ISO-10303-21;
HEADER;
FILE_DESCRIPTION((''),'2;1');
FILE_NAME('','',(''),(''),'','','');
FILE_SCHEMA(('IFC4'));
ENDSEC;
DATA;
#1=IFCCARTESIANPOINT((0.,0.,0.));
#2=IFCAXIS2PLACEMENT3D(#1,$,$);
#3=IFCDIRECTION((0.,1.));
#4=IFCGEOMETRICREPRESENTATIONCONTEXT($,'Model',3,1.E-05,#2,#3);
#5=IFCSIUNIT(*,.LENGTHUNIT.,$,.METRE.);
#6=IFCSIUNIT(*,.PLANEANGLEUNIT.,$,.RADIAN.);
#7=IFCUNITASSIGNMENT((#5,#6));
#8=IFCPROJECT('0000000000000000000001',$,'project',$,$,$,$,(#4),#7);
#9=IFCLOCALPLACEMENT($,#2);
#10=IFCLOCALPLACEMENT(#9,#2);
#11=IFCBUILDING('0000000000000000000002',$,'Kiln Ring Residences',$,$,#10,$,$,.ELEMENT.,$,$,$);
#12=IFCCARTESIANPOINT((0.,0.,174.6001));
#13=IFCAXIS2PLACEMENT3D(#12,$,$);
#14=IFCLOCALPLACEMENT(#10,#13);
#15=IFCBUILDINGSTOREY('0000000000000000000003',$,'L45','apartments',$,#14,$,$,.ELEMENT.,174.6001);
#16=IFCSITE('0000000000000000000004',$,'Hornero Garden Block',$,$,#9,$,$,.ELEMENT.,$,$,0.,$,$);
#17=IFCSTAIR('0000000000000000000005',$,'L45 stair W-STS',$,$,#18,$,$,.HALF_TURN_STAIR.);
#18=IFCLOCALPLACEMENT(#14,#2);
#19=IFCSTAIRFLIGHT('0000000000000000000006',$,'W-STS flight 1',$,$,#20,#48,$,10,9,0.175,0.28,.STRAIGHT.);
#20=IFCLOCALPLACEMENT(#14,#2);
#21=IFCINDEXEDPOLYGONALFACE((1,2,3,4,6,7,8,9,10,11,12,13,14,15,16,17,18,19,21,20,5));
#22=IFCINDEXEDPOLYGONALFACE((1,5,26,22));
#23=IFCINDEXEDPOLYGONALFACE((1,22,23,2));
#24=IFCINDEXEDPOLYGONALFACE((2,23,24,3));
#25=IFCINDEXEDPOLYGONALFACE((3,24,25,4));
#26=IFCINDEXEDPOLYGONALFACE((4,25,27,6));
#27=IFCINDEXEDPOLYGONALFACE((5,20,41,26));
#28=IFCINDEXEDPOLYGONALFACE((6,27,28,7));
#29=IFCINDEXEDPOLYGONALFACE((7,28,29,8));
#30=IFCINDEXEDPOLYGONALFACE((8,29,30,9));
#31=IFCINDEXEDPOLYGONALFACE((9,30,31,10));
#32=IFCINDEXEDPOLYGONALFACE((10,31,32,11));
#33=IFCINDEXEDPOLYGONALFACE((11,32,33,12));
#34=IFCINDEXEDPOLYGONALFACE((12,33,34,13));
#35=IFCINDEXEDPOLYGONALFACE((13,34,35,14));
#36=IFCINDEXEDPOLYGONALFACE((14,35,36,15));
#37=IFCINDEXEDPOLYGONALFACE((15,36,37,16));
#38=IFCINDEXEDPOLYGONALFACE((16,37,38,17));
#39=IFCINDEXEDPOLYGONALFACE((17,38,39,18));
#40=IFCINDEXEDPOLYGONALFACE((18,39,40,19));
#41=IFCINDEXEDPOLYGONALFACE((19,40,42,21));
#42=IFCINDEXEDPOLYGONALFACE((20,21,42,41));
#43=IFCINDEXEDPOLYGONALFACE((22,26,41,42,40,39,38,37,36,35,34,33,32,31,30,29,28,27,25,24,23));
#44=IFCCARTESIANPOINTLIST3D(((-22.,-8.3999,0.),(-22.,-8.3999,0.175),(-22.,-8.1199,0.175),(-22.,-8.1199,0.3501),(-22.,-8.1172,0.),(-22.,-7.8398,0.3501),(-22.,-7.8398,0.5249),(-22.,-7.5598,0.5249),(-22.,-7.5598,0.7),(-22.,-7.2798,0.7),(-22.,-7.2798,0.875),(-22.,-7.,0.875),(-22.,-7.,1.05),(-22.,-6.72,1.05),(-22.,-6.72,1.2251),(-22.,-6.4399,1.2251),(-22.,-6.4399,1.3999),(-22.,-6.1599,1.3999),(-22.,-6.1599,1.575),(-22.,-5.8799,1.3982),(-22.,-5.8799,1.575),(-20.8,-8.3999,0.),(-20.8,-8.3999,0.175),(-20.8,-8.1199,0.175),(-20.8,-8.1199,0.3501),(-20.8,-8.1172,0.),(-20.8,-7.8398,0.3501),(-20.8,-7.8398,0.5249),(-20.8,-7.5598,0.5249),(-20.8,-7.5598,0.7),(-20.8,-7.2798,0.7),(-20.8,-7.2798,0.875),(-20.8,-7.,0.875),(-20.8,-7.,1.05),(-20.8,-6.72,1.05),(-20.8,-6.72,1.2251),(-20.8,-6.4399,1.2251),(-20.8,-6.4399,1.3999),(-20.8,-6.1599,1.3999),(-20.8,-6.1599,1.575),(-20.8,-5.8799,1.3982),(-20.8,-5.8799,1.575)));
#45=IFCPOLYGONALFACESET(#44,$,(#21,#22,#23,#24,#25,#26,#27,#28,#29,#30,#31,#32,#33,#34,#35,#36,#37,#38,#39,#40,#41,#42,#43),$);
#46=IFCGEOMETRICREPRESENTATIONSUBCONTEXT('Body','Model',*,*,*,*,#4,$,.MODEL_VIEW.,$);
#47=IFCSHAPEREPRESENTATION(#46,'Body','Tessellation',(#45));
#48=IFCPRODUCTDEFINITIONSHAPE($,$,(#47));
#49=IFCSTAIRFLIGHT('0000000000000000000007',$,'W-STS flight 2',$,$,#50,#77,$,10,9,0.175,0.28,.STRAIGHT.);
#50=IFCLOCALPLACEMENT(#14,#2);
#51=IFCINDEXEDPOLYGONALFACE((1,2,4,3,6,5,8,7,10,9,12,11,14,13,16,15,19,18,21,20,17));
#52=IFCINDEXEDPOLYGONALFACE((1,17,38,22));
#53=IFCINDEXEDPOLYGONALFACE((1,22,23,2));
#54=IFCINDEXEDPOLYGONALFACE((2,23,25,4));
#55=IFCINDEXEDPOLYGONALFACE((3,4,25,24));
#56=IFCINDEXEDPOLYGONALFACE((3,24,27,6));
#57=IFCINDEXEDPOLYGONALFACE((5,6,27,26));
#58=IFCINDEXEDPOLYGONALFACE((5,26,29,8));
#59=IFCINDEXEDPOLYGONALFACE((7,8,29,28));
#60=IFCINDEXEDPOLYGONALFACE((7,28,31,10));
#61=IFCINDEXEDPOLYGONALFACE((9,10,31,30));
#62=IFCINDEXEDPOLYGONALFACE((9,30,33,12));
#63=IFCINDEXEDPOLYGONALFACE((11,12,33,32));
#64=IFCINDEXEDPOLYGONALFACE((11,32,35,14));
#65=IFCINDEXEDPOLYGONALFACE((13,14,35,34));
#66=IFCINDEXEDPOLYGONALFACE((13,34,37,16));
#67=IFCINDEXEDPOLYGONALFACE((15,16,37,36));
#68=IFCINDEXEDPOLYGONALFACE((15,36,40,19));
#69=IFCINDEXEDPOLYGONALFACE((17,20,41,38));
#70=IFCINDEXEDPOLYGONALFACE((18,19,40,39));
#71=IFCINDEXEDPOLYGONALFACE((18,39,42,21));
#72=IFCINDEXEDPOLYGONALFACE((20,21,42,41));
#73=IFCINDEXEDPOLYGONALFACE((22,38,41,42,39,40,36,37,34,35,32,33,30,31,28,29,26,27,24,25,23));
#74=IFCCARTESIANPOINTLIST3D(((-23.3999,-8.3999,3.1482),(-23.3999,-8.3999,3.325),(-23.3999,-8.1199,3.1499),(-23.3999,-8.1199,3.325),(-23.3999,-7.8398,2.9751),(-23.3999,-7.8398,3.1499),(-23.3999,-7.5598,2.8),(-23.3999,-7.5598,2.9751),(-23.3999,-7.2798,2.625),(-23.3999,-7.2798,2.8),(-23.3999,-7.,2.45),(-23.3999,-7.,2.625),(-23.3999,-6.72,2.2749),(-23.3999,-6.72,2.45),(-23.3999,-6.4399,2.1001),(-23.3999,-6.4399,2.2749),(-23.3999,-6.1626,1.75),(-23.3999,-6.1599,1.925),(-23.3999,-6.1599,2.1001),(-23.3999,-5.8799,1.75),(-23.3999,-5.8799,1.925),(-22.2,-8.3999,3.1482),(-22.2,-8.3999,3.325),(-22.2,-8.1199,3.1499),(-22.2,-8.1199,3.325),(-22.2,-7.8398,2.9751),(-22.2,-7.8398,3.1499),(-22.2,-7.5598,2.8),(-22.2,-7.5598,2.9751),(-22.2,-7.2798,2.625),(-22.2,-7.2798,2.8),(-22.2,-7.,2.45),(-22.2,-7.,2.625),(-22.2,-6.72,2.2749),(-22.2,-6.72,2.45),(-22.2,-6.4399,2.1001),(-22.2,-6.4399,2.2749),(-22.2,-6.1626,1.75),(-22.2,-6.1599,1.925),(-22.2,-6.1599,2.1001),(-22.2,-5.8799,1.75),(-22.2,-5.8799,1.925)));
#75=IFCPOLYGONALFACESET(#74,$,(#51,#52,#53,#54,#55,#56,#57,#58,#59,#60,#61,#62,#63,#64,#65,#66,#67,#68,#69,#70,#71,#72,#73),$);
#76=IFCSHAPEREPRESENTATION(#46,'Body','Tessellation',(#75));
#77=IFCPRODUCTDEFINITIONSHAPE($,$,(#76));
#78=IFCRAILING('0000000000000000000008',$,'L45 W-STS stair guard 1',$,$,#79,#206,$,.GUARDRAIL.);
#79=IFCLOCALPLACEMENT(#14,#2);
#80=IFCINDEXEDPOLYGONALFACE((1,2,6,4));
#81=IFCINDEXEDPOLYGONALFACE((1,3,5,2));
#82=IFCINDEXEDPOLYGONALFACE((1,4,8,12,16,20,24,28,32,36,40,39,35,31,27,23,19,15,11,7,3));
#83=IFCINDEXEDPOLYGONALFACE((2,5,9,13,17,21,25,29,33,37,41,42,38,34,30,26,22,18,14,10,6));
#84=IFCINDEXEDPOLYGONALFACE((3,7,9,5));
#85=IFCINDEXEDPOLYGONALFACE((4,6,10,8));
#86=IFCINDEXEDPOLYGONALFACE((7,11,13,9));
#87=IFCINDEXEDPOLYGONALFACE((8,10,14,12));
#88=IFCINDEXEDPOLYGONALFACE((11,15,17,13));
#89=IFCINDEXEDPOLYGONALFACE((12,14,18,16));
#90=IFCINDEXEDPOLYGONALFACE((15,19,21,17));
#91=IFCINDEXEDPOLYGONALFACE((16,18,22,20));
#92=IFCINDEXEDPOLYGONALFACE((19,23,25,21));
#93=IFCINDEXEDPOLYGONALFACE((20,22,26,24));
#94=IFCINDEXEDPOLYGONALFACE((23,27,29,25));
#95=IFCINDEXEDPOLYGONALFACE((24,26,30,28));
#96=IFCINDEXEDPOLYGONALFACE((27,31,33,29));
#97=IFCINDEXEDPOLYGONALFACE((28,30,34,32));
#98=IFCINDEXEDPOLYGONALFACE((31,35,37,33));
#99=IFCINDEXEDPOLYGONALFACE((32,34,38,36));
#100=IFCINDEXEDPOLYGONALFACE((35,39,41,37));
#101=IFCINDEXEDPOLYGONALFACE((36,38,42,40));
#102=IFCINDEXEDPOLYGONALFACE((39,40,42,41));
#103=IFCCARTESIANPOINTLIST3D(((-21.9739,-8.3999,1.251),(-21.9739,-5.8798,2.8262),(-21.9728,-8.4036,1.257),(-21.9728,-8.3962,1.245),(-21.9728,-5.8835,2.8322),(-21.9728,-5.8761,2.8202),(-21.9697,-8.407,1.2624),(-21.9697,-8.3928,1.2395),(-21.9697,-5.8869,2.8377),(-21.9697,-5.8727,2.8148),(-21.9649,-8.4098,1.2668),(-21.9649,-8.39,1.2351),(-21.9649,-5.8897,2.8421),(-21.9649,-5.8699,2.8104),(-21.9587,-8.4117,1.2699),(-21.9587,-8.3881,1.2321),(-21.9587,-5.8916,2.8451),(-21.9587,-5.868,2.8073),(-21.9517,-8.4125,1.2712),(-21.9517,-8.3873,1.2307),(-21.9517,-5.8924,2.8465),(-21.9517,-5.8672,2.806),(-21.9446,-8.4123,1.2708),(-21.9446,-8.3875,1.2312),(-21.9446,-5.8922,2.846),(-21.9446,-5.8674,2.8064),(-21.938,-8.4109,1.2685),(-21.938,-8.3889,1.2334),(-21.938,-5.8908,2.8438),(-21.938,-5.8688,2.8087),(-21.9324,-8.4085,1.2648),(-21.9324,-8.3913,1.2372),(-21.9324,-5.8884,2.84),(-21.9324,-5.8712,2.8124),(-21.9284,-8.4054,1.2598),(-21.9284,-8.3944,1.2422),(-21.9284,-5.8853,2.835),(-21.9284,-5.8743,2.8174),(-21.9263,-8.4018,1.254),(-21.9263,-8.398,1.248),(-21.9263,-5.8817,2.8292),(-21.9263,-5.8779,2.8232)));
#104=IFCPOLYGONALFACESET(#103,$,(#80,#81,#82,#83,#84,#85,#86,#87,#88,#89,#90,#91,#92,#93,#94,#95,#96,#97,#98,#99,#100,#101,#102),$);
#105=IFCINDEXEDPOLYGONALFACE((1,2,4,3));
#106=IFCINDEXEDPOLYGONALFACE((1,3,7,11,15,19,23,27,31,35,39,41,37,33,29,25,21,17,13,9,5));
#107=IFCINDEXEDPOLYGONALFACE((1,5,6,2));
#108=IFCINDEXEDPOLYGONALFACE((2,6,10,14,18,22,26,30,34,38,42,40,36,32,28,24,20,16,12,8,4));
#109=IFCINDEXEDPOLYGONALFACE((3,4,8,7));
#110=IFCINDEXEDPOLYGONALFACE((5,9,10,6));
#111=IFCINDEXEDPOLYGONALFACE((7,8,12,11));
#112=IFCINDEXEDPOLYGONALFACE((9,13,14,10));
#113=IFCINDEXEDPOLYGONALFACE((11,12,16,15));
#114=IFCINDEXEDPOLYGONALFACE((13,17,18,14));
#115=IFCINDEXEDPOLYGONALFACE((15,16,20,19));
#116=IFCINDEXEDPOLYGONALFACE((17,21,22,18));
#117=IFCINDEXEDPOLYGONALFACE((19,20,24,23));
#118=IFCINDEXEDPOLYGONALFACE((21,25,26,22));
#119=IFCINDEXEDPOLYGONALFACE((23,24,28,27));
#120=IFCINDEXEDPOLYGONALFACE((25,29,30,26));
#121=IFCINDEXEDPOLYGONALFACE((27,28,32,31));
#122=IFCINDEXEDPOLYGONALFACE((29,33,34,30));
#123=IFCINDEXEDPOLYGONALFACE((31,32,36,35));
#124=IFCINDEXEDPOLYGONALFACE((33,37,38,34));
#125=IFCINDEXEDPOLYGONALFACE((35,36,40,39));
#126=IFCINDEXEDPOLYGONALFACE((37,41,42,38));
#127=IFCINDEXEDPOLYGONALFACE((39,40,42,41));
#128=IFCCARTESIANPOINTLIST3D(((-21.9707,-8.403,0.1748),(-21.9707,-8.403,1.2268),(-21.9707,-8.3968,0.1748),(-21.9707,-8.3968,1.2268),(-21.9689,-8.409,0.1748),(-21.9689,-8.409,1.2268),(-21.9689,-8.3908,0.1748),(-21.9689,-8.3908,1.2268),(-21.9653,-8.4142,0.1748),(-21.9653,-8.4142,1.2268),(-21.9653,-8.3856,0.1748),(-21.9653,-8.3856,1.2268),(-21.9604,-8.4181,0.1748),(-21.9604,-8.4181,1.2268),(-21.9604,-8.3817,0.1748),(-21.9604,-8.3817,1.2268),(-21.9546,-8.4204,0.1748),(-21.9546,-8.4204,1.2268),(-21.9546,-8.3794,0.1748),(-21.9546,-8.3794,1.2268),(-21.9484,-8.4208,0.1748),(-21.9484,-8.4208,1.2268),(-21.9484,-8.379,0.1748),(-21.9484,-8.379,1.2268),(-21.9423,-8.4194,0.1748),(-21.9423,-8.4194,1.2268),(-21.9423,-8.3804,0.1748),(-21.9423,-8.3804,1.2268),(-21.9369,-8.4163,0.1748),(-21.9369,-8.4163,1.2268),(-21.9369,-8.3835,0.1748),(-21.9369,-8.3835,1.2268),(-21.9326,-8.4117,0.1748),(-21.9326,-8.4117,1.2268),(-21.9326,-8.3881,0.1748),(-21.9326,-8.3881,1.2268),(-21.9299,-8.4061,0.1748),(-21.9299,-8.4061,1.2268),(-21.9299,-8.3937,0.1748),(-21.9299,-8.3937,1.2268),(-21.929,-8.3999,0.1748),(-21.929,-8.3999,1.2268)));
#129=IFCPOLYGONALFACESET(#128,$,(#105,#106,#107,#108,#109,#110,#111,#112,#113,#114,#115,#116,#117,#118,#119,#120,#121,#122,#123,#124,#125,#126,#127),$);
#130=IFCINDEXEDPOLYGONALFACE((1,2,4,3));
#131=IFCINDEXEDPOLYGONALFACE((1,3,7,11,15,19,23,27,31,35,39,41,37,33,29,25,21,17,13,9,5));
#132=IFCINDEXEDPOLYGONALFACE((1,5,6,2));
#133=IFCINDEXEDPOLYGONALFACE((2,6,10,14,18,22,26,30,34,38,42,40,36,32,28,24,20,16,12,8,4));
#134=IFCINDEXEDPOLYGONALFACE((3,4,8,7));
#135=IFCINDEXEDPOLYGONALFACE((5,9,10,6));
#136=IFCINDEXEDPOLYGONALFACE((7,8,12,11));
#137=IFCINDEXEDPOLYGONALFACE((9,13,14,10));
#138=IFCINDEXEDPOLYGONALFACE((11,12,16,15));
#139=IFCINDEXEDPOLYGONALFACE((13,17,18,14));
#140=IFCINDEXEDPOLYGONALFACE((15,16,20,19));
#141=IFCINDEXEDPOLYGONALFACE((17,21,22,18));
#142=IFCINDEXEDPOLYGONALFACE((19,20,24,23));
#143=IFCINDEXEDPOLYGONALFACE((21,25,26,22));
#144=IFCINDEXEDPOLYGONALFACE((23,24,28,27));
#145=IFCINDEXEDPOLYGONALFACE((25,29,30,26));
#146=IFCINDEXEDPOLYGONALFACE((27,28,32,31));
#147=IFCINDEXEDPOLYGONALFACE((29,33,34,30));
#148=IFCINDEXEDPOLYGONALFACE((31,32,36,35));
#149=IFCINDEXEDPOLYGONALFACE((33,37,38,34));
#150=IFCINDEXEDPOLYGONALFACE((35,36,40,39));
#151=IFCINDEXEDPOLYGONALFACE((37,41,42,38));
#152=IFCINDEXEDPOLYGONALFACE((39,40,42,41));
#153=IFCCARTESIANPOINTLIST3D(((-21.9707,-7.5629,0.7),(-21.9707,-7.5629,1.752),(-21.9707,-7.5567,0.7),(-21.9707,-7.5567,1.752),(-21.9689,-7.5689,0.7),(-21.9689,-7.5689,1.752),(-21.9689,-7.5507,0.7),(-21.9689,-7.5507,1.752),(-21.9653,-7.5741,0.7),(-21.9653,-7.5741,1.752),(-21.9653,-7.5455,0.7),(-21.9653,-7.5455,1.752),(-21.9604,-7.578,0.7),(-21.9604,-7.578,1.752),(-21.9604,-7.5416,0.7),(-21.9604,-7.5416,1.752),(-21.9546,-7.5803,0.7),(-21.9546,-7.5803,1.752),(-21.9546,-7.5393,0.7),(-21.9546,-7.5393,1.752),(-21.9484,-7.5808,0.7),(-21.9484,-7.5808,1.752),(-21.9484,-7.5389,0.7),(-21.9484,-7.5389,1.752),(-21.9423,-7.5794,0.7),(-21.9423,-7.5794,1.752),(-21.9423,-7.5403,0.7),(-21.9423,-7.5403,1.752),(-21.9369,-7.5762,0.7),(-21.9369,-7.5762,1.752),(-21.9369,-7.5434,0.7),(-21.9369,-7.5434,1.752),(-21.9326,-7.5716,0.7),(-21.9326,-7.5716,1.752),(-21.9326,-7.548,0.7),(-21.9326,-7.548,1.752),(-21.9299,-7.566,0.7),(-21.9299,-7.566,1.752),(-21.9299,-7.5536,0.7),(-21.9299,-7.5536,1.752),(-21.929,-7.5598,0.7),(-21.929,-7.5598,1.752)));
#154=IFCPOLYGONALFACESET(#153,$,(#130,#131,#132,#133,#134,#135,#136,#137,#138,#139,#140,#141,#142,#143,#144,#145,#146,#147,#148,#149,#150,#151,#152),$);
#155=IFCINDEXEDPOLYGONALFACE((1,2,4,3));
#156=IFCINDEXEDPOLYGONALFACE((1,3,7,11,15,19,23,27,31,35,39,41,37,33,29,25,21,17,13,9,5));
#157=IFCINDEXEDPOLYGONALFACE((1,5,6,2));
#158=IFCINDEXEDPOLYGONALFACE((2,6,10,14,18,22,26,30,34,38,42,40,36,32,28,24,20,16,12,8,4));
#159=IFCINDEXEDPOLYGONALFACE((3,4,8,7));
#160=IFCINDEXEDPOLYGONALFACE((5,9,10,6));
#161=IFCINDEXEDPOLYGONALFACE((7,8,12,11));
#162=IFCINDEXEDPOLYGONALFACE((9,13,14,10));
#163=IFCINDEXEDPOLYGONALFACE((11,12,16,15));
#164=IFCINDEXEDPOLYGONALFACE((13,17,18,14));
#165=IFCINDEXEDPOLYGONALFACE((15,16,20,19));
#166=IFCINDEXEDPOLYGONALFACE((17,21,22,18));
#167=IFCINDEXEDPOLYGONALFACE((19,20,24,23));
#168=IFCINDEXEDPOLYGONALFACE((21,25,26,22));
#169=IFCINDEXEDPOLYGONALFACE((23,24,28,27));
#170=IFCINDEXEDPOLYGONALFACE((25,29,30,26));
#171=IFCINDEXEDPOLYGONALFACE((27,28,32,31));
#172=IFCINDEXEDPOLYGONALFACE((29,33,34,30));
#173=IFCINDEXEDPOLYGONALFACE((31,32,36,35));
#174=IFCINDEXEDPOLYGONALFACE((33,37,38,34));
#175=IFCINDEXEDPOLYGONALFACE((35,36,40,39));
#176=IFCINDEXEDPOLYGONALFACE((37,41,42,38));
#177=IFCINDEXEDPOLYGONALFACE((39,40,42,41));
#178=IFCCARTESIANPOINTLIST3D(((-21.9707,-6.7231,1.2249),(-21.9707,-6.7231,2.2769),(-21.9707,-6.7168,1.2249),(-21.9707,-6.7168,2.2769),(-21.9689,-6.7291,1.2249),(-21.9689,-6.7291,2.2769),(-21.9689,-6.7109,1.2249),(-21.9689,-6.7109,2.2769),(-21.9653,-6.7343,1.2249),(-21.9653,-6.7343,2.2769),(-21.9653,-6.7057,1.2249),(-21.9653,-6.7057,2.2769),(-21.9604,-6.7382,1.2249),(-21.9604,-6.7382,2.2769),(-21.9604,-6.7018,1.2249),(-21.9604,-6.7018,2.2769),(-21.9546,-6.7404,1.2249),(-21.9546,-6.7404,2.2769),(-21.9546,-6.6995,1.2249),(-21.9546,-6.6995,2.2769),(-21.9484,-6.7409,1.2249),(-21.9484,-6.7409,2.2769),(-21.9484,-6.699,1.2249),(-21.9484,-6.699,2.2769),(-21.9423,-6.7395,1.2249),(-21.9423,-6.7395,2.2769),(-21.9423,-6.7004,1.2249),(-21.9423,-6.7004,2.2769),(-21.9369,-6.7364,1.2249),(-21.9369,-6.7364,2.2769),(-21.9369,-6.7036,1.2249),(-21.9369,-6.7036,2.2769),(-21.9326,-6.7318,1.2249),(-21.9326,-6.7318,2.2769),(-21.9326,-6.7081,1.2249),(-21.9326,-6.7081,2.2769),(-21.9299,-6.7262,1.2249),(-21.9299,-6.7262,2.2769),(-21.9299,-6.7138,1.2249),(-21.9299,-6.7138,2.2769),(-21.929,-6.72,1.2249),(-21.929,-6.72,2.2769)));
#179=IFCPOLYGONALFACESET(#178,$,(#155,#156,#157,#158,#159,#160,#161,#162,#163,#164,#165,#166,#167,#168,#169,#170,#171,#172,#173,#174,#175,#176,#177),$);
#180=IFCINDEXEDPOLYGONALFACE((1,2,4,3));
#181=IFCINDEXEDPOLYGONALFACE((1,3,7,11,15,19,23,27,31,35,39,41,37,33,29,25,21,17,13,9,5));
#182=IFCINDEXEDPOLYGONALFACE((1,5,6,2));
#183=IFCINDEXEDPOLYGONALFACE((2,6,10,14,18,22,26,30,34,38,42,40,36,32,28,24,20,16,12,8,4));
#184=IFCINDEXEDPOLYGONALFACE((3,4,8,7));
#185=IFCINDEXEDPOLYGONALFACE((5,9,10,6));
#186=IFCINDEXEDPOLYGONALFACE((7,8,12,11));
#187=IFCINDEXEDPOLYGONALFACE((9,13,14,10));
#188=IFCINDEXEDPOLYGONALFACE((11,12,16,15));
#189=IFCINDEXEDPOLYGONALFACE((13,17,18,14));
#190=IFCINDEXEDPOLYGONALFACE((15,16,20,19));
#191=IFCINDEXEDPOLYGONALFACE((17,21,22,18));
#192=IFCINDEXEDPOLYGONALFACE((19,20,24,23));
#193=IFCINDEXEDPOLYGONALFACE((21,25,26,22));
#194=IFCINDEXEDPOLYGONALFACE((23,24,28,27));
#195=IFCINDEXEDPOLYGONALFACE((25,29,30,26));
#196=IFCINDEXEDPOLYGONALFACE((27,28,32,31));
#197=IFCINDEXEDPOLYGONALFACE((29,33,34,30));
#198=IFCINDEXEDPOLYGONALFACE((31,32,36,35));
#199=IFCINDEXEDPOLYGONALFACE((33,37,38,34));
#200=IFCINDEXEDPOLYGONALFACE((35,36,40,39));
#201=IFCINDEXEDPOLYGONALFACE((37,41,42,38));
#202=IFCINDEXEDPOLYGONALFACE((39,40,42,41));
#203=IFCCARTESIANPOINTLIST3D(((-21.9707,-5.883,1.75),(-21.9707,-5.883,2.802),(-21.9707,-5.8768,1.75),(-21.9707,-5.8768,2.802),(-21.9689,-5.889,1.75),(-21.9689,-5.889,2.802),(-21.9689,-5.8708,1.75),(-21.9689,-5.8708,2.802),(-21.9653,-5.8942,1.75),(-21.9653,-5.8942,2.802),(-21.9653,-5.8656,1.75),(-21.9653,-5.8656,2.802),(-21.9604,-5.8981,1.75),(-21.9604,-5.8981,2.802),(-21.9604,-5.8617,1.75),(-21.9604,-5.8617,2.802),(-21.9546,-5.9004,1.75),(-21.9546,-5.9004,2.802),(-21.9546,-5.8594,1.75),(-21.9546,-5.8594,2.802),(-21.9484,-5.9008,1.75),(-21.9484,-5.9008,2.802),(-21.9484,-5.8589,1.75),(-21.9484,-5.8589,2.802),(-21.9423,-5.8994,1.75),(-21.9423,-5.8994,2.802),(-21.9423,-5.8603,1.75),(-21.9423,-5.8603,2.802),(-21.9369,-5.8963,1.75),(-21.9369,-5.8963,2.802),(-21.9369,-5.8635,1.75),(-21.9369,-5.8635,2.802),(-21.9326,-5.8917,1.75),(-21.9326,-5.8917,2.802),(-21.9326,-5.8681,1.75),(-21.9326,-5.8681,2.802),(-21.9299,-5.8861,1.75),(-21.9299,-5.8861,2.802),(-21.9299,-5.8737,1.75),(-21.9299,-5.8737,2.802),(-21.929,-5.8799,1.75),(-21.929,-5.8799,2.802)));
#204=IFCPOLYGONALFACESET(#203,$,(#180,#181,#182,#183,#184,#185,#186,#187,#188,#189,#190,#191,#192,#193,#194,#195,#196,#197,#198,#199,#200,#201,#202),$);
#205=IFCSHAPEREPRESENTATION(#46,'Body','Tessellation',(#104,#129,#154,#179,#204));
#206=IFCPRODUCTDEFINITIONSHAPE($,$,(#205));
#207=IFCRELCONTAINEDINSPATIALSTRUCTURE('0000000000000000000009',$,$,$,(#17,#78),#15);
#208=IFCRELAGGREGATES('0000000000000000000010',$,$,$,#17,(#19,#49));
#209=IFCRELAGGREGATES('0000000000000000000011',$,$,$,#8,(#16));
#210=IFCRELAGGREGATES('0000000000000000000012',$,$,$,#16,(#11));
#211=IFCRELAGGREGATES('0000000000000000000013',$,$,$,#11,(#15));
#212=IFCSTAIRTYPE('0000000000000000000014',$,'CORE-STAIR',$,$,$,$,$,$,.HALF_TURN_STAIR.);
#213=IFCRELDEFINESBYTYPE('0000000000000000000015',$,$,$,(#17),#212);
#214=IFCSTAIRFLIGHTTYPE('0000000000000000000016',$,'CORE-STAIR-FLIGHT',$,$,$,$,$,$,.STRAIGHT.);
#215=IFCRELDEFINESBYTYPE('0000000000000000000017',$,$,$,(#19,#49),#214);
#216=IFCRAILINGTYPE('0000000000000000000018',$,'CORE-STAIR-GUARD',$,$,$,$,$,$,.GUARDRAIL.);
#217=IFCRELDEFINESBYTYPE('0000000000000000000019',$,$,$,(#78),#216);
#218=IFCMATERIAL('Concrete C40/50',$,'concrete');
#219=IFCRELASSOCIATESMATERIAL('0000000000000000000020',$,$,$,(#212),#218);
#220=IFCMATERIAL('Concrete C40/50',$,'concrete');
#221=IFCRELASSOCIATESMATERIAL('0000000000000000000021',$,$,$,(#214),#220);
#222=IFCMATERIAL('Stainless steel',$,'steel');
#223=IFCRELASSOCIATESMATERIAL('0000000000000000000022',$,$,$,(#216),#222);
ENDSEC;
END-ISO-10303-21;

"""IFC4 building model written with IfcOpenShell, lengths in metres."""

from ifc_helpers import new_model, si_unit, direction, frame, origin, origin_2d, place, context, subcontext, project, spatial, polyline, circle, outline, extrude, material, type_object, element, aggregate, save


model = new_model("IFC4")

# Units and contexts
model_context = context("Model", 3, precision=1e-05, world=origin(), true_north=direction((0.0, 1.0)))
body_context = subcontext(model_context, "Body", "Model", "MODEL_VIEW")
ifc_project = project(units=[si_unit("LENGTHUNIT", "METRE"), si_unit("PLANEANGLEUNIT", "RADIAN")], contexts=[model_context])

# Site, building, storey
site_placement = place(None, origin())
site = spatial("IfcSite", under=ifc_project, at=site_placement, Name="Hornero Garden Block", CompositionType="ELEMENT", RefElevation=0.0)
building_placement = place(site_placement, origin())
building = spatial("IfcBuilding", under=site, at=building_placement, Name="Kiln Ring Residences", CompositionType="ELEMENT")
storey_placement = place(building_placement, frame((0.0, 0.0, 174.6001)))
storey = spatial("IfcBuildingStorey", under=building, at=storey_placement, Name="L45", Description="apartments", CompositionType="ELEMENT", Elevation=174.6001)

# Stair, stair flights
ifc_material_1 = material(Name="Concrete C40/50", Category="concrete")
stair_type = type_object("IfcStairType", Name="CORE-STAIR", PredefinedType="HALF_TURN_STAIR", material=ifc_material_1)
stair_placement = place(storey_placement, origin())
stair = element("IfcStair", 1, at=stair_placement, inside=storey, type_object=stair_type, Name="L45 stair W-STS", PredefinedType="HALF_TURN_STAIR")
ifc_material_2 = material(Name="Concrete C40/50", Category="concrete")
stair_flight_type = type_object("IfcStairFlightType", Name="CORE-STAIR-FLIGHT", PredefinedType="STRAIGHT", material=ifc_material_2)
stair_flight_1_placement = place(storey_placement, frame((-21.3999, -8.3999, 0.0), z_axis=(0.0, 0.0, 1.0), x_axis=(0.0, 1.0, 0.0)))
stair_flight_1 = element("IfcStairFlight", 2, at=stair_flight_1_placement, type_object=stair_flight_type, Name="W-STS flight 1", NumberOfRisers=10, NumberOfTreads=9, PredefinedType="STRAIGHT", RiserHeight=0.175, TreadLength=0.28, context=body_context, shape_type="SweptSolid", body=[
    extrude(outline(polyline([(0.0, 0.0), (0.0, 0.175), (0.28, 0.175), (0.28, 0.3501), (0.5601, 0.3501), (0.5601, 0.5249), (0.8401, 0.5249), (0.8401, 0.7), (1.1201, 0.7), (1.1201, 0.875), (1.3999, 0.875), (1.3999, 1.05), (1.6799, 1.05), (1.6799, 1.2251), (1.96, 1.2251), (1.96, 1.3999), (2.24, 1.3999), (2.24, 1.575), (2.52, 1.575), (2.52, 1.75), (2.52, 1.3982), (0.2827, 0.0), (0.0, 0.0)])), frame((0.0, 0.6001, 0.0), z_axis=(0.0, -1.0, 0.0), x_axis=(1.0, 0.0, 0.0)), (0.0, 0.0, 1.0), 1.2),
])
stair_flight_2_placement = place(storey_placement, frame((-22.8, -5.8799, 1.75), z_axis=(0.0, 0.0, 1.0), x_axis=(0.0, -1.0, 0.0)))
stair_flight_2 = element("IfcStairFlight", 3, at=stair_flight_2_placement, type_object=stair_flight_type, Name="W-STS flight 2", NumberOfRisers=10, NumberOfTreads=9, PredefinedType="STRAIGHT", RiserHeight=0.175, TreadLength=0.28, context=body_context, shape_type="SweptSolid", body=[
    extrude(outline(polyline([(0.0, 0.0), (0.0, 0.175), (0.28, 0.175), (0.28, 0.3501), (0.5601, 0.3501), (0.5601, 0.5249), (0.8401, 0.5249), (0.8401, 0.7), (1.1201, 0.7), (1.1201, 0.875), (1.3999, 0.875), (1.3999, 1.05), (1.6799, 1.05), (1.6799, 1.2251), (1.96, 1.2251), (1.96, 1.3999), (2.24, 1.3999), (2.24, 1.575), (2.52, 1.575), (2.52, 1.75), (2.52, 1.3982), (0.2827, 0.0), (0.0, 0.0)])), frame((0.0, 0.6001, 0.0), z_axis=(0.0, -1.0, 0.0), x_axis=(1.0, 0.0, 0.0)), (0.0, 0.0, 1.0), 1.2),
])
aggregate(stair, [stair_flight_1, stair_flight_2])

# Railing
ifc_material_3 = material(Name="Stainless steel", Category="steel")
railing_type_1 = type_object("IfcRailingType", Name="CORE-STAIR-GUARD", PredefinedType="GUARDRAIL", material=ifc_material_3)
railing_1_placement = place(storey_placement, frame((-21.95, -8.3999, 0.1748)))
element("IfcRailing", 4, at=railing_1_placement, inside=storey, type_object=railing_type_1, Name="L45 W-STS stair guard 1", PredefinedType="GUARDRAIL", context=body_context, shape_type="SweptSolid", body=[
    extrude(circle(Radius=0.0239, at=origin_2d()), frame((0.0, 0.0, 1.0762), z_axis=(0.0, 0.847971, 0.530043), x_axis=(-1.0, 0.0, 0.0)), (0.0, 0.0, 1.0), 2.9719),
    extrude(circle(Radius=0.021, at=origin_2d()), origin(), (0.0, 0.0, 1.0), 1.052),
    extrude(circle(Radius=0.021, at=origin_2d()), frame((0.0, 0.8401, 0.5251)), (0.0, 0.0, 1.0), 1.052),
    extrude(circle(Radius=0.021, at=origin_2d()), frame((0.0, 1.6799, 1.05)), (0.0, 0.0, 1.0), 1.052),
    extrude(circle(Radius=0.021, at=origin_2d()), frame((0.0, 2.52, 1.5752)), (0.0, 0.0, 1.0), 1.052),
])

save(model, "model.ifc")
